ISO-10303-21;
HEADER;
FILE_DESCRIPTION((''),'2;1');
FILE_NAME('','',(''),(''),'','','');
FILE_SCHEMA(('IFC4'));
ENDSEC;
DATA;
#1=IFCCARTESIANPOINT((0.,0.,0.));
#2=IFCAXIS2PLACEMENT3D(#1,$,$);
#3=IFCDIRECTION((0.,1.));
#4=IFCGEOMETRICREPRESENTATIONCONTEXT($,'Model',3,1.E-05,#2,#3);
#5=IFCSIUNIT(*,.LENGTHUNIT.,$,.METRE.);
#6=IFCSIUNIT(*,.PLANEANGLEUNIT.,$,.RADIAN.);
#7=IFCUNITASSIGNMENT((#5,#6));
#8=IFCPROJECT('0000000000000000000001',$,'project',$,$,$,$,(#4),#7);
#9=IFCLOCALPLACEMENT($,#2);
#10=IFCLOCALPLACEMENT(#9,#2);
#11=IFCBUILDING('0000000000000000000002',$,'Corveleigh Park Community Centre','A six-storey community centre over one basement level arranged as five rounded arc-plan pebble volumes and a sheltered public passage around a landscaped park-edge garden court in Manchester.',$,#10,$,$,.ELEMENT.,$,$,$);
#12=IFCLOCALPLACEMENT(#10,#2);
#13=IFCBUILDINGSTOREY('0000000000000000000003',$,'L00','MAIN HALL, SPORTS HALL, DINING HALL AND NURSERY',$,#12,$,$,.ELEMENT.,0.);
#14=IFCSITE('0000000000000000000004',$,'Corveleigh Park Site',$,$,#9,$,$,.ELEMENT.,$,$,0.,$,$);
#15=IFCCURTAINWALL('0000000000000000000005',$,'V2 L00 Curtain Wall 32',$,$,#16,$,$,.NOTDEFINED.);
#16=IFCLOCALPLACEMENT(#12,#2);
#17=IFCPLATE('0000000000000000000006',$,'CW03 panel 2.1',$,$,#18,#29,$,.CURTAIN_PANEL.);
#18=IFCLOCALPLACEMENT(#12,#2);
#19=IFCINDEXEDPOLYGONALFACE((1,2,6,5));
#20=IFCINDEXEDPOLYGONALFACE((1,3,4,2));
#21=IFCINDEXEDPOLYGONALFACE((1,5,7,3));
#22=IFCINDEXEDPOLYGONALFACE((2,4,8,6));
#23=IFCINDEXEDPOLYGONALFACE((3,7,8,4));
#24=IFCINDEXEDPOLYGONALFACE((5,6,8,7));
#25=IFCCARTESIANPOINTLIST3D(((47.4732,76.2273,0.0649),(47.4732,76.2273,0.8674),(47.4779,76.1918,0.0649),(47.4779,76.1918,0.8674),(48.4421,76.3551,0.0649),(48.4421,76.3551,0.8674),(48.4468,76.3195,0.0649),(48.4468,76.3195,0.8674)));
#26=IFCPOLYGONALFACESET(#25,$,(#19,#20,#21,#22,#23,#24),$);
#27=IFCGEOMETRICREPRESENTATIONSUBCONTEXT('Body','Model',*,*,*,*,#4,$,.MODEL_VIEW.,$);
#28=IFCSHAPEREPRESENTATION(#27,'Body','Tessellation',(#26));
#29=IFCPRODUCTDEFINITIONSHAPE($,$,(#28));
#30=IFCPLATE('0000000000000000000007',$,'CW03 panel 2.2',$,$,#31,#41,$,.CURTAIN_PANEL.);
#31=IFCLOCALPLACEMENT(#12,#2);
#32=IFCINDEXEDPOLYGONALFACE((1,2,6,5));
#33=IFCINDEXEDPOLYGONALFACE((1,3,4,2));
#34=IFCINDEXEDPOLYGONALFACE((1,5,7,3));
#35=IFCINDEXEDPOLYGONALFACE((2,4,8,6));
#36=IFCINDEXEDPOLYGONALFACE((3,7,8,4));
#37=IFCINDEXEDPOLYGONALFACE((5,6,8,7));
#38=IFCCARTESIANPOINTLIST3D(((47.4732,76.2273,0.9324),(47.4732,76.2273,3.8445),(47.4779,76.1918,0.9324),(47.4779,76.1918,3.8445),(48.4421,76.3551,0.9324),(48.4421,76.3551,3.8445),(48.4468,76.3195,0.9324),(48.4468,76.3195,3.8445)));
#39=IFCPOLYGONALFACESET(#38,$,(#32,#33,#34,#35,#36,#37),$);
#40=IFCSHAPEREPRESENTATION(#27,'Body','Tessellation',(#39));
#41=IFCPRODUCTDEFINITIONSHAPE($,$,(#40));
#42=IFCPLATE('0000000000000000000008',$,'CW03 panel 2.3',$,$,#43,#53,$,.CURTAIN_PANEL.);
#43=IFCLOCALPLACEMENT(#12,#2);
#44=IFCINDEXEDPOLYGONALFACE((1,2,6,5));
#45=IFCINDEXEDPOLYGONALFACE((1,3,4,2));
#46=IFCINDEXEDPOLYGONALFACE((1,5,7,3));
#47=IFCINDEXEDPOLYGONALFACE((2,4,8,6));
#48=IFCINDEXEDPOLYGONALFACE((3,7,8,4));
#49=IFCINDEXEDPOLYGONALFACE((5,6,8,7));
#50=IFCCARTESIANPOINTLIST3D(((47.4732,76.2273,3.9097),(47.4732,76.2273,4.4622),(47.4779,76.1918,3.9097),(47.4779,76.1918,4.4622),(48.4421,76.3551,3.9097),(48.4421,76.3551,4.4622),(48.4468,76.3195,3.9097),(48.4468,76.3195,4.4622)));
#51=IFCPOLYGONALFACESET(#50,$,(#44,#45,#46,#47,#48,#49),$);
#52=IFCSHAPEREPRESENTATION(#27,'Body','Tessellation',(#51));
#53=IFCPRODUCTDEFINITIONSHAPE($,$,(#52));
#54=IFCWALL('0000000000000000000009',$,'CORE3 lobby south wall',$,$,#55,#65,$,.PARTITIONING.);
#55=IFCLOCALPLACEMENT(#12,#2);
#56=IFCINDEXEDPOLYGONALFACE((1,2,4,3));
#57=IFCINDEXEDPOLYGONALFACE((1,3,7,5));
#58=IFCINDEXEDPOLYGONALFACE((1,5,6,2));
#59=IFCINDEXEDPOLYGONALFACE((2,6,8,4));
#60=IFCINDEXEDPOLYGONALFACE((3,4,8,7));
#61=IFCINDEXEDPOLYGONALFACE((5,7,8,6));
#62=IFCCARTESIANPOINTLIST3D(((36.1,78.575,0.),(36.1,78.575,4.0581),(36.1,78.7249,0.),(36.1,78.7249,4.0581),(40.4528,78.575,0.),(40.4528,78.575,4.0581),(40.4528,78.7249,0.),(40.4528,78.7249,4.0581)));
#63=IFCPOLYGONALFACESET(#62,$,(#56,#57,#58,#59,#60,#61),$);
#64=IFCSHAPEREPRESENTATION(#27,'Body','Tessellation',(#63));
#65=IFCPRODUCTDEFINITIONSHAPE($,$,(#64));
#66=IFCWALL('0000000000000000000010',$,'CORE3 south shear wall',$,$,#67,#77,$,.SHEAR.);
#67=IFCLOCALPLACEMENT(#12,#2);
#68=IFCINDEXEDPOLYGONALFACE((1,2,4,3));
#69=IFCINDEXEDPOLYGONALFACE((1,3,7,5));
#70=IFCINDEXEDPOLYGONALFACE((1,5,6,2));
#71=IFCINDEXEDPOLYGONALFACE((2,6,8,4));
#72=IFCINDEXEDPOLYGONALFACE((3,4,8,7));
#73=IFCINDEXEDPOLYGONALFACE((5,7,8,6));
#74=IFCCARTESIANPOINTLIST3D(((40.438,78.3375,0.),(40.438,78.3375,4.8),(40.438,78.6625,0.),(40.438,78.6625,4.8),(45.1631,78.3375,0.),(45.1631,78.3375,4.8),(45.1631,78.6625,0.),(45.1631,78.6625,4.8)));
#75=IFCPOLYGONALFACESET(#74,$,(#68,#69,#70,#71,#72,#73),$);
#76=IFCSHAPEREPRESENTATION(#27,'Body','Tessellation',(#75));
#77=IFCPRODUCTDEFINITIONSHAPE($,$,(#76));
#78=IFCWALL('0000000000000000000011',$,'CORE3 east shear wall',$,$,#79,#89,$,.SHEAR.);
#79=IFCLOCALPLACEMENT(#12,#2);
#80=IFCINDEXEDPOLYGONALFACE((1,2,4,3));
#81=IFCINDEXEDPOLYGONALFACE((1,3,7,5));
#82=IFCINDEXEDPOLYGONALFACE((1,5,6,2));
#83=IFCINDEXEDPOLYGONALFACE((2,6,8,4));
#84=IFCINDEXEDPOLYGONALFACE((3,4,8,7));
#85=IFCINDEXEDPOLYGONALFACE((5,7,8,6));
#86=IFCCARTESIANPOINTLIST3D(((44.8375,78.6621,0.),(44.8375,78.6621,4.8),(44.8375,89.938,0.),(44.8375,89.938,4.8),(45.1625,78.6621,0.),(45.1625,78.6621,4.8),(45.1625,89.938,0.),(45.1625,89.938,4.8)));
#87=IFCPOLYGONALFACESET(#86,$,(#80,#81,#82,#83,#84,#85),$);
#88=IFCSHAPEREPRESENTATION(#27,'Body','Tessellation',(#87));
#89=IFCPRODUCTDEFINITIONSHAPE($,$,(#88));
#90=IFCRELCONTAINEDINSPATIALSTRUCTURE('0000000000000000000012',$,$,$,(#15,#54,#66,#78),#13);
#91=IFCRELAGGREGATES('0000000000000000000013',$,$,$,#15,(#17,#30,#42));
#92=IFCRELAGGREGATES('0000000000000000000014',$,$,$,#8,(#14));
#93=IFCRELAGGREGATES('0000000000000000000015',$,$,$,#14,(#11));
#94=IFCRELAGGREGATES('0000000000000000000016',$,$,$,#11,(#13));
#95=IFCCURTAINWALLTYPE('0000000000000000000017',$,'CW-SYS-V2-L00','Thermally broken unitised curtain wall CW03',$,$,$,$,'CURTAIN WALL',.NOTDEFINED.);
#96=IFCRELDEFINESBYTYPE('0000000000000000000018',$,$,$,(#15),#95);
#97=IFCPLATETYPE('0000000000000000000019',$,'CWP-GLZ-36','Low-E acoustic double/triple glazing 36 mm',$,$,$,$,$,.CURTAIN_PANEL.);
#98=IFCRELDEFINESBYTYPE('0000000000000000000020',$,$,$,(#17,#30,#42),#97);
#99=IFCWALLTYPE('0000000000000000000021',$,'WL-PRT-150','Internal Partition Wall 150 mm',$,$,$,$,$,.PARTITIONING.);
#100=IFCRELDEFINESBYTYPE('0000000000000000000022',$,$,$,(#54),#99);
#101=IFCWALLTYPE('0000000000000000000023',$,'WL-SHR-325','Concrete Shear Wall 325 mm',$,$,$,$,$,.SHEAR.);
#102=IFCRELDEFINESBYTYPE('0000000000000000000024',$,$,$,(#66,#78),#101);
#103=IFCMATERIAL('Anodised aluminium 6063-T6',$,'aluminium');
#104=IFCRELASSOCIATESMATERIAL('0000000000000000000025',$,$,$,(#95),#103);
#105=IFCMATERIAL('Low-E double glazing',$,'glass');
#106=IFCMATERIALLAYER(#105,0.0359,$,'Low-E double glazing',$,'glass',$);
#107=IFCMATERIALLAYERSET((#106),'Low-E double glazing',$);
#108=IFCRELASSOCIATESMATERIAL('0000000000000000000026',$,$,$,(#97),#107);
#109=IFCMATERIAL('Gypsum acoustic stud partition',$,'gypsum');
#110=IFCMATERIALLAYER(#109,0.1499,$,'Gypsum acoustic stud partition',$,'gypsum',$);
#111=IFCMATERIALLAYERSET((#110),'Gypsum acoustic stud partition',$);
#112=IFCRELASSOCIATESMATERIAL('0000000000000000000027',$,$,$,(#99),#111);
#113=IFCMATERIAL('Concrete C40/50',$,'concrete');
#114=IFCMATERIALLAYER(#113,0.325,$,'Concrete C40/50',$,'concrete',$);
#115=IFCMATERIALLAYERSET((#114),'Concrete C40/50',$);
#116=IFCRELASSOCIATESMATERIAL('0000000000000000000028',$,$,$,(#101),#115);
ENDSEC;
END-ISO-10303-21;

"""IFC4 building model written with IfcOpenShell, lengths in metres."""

from ifc_helpers import new_model, si_unit, direction, frame, frame_2d, origin, origin_2d, place, context, subcontext, project, spatial, rectangle, extrude, material, layer, layer_set, type_object, element, aggregate, save


model = new_model("IFC4")

# Units and contexts
model_context = context("Model", 3, precision=1e-05, world=origin(), true_north=direction((0.0, 1.0)))
body_context = subcontext(model_context, "Body", "Model", "MODEL_VIEW")
ifc_project = project(units=[si_unit("LENGTHUNIT", "METRE"), si_unit("PLANEANGLEUNIT", "RADIAN")], contexts=[model_context])

# Site, building, storey
site_placement = place(None, origin())
site = spatial("IfcSite", under=ifc_project, at=site_placement, Name="Corveleigh Park Site", CompositionType="ELEMENT", RefElevation=0.0)
building_placement = place(site_placement, origin())
building = spatial("IfcBuilding", under=site, at=building_placement, Name="Corveleigh Park Community Centre", Description="A six-storey community centre over one basement level arranged as five rounded arc-plan pebble volumes and a sheltered public passage around a landscaped park-edge garden court in Manchester.", CompositionType="ELEMENT")
storey_placement = place(building_placement, origin())
storey = spatial("IfcBuildingStorey", under=building, at=storey_placement, Name="L00", Description="MAIN HALL, SPORTS HALL, DINING HALL AND NURSERY", CompositionType="ELEMENT", Elevation=0.0)

# Curtain wall, plates
ifc_material_1 = material(Name="Anodised aluminium 6063-T6", Category="aluminium")
curtain_wall_type = type_object("IfcCurtainWallType", Name="CW-SYS-V2-L00", Description="Thermally broken unitised curtain wall CW03", ElementType="CURTAIN WALL", PredefinedType="NOTDEFINED", material=ifc_material_1)
curtain_wall_placement = place(storey_placement, origin())
curtain_wall = element("IfcCurtainWall", 1, at=curtain_wall_placement, inside=storey, type_object=curtain_wall_type, Name="V2 L00 Curtain Wall 32", PredefinedType="NOTDEFINED")
ifc_material_2 = material(Name="Low-E double glazing", Category="glass")
ifc_layer_1 = layer(ifc_material_2, 0.0359, Name="Low-E double glazing", Category="glass")
ifc_layer_set_1 = layer_set([ifc_layer_1], Name="Low-E double glazing")
plate_type = type_object("IfcPlateType", Name="CWP-GLZ-36", Description="Low-E acoustic double/triple glazing 36 mm", PredefinedType="CURTAIN_PANEL", material=ifc_layer_set_1)
plate_1_placement = place(storey_placement, frame((47.96, 76.2734, 0.0649), z_axis=(0.0, 0.0, 1.0), x_axis=(-0.991418, -0.130731, 0.0)))
plate_1 = element("IfcPlate", 2, at=plate_1_placement, type_object=plate_type, Name="CW03 panel 2.1", PredefinedType="CURTAIN_PANEL", context=body_context, shape_type="SweptSolid", body=[
    extrude(rectangle(XDim=0.9773, YDim=0.0359, at=origin_2d()), origin(), (0.0, 0.0, 1.0), 0.8025),
])
plate_2_placement = place(storey_placement, frame((47.96, 76.2734, 0.9324), z_axis=(0.0, 0.0, 1.0), x_axis=(-0.991418, -0.130731, 0.0)))
plate_2 = element("IfcPlate", 3, at=plate_2_placement, type_object=plate_type, Name="CW03 panel 2.2", PredefinedType="CURTAIN_PANEL", context=body_context, shape_type="SweptSolid", body=[
    extrude(rectangle(XDim=0.9773, YDim=0.0359, at=origin_2d()), origin(), (0.0, 0.0, 1.0), 2.9121),
])
plate_3_placement = place(storey_placement, frame((47.96, 76.2734, 3.9097), z_axis=(0.0, 0.0, 1.0), x_axis=(-0.991418, -0.130731, 0.0)))
plate_3 = element("IfcPlate", 4, at=plate_3_placement, type_object=plate_type, Name="CW03 panel 2.3", PredefinedType="CURTAIN_PANEL", context=body_context, shape_type="SweptSolid", body=[
    extrude(rectangle(XDim=0.9773, YDim=0.0359, at=origin_2d()), origin(), (0.0, 0.0, 1.0), 0.5525),
])
aggregate(curtain_wall, [plate_1, plate_2, plate_3])

# Shared definitions
ifc_material_3 = material(Name="Concrete C40/50", Category="concrete")

# Walls
ifc_material_4 = material(Name="Gypsum acoustic stud partition", Category="gypsum")
ifc_layer_2 = layer(ifc_material_4, 0.1499, Name="Gypsum acoustic stud partition", Category="gypsum")
ifc_layer_set_2 = layer_set([ifc_layer_2], Name="Gypsum acoustic stud partition")
wall_type_1 = type_object("IfcWallType", Name="WL-PRT-150", Description="Internal Partition Wall 150 mm", PredefinedType="PARTITIONING", material=ifc_layer_set_2)
wall_1_placement = place(storey_placement, frame((36.1001, 78.6499, 0.0), z_axis=(0.0, 0.0, 1.0), x_axis=(1.0, 0.0, 0.0)))
element("IfcWall", 5, at=wall_1_placement, inside=storey, type_object=wall_type_1, Name="CORE3 lobby south wall", PredefinedType="PARTITIONING", context=body_context, shape_type="SweptSolid", body=[
    extrude(rectangle(XDim=4.3528, YDim=0.1499, at=frame_2d((2.1763, 0.0))), origin(), (0.0, 0.0, 1.0), 4.0581),
])
ifc_layer_3 = layer(ifc_material_3, 0.325, Name="Concrete C40/50", Category="concrete")
ifc_layer_set_3 = layer_set([ifc_layer_3], Name="Concrete C40/50")
wall_type_2 = type_object("IfcWallType", Name="WL-SHR-325", Description="Concrete Shear Wall 325 mm", PredefinedType="SHEAR", material=ifc_layer_set_3)
wall_2_placement = place(storey_placement, frame((40.438, 78.5, 0.0), z_axis=(0.0, 0.0, 1.0), x_axis=(1.0, 0.0, 0.0)))
element("IfcWall", 6, at=wall_2_placement, inside=storey, type_object=wall_type_2, Name="CORE3 south shear wall", PredefinedType="SHEAR", context=body_context, shape_type="SweptSolid", body=[
    extrude(rectangle(XDim=4.7251, YDim=0.325, at=frame_2d((2.3625, 0.0))), origin(), (0.0, 0.0, 1.0), 4.8),
])
wall_3_placement = place(storey_placement, frame((45.0, 78.6621, 0.0), z_axis=(0.0, 0.0, 1.0), x_axis=(0.0, 1.0, 0.0)))
element("IfcWall", 7, at=wall_3_placement, inside=storey, type_object=wall_type_2, Name="CORE3 east shear wall", PredefinedType="SHEAR", context=body_context, shape_type="SweptSolid", body=[
    extrude(rectangle(XDim=11.2759, YDim=0.325, at=frame_2d((5.6379, 0.0))), origin(), (0.0, 0.0, 1.0), 4.8),
])

save(model, "model.ifc")
